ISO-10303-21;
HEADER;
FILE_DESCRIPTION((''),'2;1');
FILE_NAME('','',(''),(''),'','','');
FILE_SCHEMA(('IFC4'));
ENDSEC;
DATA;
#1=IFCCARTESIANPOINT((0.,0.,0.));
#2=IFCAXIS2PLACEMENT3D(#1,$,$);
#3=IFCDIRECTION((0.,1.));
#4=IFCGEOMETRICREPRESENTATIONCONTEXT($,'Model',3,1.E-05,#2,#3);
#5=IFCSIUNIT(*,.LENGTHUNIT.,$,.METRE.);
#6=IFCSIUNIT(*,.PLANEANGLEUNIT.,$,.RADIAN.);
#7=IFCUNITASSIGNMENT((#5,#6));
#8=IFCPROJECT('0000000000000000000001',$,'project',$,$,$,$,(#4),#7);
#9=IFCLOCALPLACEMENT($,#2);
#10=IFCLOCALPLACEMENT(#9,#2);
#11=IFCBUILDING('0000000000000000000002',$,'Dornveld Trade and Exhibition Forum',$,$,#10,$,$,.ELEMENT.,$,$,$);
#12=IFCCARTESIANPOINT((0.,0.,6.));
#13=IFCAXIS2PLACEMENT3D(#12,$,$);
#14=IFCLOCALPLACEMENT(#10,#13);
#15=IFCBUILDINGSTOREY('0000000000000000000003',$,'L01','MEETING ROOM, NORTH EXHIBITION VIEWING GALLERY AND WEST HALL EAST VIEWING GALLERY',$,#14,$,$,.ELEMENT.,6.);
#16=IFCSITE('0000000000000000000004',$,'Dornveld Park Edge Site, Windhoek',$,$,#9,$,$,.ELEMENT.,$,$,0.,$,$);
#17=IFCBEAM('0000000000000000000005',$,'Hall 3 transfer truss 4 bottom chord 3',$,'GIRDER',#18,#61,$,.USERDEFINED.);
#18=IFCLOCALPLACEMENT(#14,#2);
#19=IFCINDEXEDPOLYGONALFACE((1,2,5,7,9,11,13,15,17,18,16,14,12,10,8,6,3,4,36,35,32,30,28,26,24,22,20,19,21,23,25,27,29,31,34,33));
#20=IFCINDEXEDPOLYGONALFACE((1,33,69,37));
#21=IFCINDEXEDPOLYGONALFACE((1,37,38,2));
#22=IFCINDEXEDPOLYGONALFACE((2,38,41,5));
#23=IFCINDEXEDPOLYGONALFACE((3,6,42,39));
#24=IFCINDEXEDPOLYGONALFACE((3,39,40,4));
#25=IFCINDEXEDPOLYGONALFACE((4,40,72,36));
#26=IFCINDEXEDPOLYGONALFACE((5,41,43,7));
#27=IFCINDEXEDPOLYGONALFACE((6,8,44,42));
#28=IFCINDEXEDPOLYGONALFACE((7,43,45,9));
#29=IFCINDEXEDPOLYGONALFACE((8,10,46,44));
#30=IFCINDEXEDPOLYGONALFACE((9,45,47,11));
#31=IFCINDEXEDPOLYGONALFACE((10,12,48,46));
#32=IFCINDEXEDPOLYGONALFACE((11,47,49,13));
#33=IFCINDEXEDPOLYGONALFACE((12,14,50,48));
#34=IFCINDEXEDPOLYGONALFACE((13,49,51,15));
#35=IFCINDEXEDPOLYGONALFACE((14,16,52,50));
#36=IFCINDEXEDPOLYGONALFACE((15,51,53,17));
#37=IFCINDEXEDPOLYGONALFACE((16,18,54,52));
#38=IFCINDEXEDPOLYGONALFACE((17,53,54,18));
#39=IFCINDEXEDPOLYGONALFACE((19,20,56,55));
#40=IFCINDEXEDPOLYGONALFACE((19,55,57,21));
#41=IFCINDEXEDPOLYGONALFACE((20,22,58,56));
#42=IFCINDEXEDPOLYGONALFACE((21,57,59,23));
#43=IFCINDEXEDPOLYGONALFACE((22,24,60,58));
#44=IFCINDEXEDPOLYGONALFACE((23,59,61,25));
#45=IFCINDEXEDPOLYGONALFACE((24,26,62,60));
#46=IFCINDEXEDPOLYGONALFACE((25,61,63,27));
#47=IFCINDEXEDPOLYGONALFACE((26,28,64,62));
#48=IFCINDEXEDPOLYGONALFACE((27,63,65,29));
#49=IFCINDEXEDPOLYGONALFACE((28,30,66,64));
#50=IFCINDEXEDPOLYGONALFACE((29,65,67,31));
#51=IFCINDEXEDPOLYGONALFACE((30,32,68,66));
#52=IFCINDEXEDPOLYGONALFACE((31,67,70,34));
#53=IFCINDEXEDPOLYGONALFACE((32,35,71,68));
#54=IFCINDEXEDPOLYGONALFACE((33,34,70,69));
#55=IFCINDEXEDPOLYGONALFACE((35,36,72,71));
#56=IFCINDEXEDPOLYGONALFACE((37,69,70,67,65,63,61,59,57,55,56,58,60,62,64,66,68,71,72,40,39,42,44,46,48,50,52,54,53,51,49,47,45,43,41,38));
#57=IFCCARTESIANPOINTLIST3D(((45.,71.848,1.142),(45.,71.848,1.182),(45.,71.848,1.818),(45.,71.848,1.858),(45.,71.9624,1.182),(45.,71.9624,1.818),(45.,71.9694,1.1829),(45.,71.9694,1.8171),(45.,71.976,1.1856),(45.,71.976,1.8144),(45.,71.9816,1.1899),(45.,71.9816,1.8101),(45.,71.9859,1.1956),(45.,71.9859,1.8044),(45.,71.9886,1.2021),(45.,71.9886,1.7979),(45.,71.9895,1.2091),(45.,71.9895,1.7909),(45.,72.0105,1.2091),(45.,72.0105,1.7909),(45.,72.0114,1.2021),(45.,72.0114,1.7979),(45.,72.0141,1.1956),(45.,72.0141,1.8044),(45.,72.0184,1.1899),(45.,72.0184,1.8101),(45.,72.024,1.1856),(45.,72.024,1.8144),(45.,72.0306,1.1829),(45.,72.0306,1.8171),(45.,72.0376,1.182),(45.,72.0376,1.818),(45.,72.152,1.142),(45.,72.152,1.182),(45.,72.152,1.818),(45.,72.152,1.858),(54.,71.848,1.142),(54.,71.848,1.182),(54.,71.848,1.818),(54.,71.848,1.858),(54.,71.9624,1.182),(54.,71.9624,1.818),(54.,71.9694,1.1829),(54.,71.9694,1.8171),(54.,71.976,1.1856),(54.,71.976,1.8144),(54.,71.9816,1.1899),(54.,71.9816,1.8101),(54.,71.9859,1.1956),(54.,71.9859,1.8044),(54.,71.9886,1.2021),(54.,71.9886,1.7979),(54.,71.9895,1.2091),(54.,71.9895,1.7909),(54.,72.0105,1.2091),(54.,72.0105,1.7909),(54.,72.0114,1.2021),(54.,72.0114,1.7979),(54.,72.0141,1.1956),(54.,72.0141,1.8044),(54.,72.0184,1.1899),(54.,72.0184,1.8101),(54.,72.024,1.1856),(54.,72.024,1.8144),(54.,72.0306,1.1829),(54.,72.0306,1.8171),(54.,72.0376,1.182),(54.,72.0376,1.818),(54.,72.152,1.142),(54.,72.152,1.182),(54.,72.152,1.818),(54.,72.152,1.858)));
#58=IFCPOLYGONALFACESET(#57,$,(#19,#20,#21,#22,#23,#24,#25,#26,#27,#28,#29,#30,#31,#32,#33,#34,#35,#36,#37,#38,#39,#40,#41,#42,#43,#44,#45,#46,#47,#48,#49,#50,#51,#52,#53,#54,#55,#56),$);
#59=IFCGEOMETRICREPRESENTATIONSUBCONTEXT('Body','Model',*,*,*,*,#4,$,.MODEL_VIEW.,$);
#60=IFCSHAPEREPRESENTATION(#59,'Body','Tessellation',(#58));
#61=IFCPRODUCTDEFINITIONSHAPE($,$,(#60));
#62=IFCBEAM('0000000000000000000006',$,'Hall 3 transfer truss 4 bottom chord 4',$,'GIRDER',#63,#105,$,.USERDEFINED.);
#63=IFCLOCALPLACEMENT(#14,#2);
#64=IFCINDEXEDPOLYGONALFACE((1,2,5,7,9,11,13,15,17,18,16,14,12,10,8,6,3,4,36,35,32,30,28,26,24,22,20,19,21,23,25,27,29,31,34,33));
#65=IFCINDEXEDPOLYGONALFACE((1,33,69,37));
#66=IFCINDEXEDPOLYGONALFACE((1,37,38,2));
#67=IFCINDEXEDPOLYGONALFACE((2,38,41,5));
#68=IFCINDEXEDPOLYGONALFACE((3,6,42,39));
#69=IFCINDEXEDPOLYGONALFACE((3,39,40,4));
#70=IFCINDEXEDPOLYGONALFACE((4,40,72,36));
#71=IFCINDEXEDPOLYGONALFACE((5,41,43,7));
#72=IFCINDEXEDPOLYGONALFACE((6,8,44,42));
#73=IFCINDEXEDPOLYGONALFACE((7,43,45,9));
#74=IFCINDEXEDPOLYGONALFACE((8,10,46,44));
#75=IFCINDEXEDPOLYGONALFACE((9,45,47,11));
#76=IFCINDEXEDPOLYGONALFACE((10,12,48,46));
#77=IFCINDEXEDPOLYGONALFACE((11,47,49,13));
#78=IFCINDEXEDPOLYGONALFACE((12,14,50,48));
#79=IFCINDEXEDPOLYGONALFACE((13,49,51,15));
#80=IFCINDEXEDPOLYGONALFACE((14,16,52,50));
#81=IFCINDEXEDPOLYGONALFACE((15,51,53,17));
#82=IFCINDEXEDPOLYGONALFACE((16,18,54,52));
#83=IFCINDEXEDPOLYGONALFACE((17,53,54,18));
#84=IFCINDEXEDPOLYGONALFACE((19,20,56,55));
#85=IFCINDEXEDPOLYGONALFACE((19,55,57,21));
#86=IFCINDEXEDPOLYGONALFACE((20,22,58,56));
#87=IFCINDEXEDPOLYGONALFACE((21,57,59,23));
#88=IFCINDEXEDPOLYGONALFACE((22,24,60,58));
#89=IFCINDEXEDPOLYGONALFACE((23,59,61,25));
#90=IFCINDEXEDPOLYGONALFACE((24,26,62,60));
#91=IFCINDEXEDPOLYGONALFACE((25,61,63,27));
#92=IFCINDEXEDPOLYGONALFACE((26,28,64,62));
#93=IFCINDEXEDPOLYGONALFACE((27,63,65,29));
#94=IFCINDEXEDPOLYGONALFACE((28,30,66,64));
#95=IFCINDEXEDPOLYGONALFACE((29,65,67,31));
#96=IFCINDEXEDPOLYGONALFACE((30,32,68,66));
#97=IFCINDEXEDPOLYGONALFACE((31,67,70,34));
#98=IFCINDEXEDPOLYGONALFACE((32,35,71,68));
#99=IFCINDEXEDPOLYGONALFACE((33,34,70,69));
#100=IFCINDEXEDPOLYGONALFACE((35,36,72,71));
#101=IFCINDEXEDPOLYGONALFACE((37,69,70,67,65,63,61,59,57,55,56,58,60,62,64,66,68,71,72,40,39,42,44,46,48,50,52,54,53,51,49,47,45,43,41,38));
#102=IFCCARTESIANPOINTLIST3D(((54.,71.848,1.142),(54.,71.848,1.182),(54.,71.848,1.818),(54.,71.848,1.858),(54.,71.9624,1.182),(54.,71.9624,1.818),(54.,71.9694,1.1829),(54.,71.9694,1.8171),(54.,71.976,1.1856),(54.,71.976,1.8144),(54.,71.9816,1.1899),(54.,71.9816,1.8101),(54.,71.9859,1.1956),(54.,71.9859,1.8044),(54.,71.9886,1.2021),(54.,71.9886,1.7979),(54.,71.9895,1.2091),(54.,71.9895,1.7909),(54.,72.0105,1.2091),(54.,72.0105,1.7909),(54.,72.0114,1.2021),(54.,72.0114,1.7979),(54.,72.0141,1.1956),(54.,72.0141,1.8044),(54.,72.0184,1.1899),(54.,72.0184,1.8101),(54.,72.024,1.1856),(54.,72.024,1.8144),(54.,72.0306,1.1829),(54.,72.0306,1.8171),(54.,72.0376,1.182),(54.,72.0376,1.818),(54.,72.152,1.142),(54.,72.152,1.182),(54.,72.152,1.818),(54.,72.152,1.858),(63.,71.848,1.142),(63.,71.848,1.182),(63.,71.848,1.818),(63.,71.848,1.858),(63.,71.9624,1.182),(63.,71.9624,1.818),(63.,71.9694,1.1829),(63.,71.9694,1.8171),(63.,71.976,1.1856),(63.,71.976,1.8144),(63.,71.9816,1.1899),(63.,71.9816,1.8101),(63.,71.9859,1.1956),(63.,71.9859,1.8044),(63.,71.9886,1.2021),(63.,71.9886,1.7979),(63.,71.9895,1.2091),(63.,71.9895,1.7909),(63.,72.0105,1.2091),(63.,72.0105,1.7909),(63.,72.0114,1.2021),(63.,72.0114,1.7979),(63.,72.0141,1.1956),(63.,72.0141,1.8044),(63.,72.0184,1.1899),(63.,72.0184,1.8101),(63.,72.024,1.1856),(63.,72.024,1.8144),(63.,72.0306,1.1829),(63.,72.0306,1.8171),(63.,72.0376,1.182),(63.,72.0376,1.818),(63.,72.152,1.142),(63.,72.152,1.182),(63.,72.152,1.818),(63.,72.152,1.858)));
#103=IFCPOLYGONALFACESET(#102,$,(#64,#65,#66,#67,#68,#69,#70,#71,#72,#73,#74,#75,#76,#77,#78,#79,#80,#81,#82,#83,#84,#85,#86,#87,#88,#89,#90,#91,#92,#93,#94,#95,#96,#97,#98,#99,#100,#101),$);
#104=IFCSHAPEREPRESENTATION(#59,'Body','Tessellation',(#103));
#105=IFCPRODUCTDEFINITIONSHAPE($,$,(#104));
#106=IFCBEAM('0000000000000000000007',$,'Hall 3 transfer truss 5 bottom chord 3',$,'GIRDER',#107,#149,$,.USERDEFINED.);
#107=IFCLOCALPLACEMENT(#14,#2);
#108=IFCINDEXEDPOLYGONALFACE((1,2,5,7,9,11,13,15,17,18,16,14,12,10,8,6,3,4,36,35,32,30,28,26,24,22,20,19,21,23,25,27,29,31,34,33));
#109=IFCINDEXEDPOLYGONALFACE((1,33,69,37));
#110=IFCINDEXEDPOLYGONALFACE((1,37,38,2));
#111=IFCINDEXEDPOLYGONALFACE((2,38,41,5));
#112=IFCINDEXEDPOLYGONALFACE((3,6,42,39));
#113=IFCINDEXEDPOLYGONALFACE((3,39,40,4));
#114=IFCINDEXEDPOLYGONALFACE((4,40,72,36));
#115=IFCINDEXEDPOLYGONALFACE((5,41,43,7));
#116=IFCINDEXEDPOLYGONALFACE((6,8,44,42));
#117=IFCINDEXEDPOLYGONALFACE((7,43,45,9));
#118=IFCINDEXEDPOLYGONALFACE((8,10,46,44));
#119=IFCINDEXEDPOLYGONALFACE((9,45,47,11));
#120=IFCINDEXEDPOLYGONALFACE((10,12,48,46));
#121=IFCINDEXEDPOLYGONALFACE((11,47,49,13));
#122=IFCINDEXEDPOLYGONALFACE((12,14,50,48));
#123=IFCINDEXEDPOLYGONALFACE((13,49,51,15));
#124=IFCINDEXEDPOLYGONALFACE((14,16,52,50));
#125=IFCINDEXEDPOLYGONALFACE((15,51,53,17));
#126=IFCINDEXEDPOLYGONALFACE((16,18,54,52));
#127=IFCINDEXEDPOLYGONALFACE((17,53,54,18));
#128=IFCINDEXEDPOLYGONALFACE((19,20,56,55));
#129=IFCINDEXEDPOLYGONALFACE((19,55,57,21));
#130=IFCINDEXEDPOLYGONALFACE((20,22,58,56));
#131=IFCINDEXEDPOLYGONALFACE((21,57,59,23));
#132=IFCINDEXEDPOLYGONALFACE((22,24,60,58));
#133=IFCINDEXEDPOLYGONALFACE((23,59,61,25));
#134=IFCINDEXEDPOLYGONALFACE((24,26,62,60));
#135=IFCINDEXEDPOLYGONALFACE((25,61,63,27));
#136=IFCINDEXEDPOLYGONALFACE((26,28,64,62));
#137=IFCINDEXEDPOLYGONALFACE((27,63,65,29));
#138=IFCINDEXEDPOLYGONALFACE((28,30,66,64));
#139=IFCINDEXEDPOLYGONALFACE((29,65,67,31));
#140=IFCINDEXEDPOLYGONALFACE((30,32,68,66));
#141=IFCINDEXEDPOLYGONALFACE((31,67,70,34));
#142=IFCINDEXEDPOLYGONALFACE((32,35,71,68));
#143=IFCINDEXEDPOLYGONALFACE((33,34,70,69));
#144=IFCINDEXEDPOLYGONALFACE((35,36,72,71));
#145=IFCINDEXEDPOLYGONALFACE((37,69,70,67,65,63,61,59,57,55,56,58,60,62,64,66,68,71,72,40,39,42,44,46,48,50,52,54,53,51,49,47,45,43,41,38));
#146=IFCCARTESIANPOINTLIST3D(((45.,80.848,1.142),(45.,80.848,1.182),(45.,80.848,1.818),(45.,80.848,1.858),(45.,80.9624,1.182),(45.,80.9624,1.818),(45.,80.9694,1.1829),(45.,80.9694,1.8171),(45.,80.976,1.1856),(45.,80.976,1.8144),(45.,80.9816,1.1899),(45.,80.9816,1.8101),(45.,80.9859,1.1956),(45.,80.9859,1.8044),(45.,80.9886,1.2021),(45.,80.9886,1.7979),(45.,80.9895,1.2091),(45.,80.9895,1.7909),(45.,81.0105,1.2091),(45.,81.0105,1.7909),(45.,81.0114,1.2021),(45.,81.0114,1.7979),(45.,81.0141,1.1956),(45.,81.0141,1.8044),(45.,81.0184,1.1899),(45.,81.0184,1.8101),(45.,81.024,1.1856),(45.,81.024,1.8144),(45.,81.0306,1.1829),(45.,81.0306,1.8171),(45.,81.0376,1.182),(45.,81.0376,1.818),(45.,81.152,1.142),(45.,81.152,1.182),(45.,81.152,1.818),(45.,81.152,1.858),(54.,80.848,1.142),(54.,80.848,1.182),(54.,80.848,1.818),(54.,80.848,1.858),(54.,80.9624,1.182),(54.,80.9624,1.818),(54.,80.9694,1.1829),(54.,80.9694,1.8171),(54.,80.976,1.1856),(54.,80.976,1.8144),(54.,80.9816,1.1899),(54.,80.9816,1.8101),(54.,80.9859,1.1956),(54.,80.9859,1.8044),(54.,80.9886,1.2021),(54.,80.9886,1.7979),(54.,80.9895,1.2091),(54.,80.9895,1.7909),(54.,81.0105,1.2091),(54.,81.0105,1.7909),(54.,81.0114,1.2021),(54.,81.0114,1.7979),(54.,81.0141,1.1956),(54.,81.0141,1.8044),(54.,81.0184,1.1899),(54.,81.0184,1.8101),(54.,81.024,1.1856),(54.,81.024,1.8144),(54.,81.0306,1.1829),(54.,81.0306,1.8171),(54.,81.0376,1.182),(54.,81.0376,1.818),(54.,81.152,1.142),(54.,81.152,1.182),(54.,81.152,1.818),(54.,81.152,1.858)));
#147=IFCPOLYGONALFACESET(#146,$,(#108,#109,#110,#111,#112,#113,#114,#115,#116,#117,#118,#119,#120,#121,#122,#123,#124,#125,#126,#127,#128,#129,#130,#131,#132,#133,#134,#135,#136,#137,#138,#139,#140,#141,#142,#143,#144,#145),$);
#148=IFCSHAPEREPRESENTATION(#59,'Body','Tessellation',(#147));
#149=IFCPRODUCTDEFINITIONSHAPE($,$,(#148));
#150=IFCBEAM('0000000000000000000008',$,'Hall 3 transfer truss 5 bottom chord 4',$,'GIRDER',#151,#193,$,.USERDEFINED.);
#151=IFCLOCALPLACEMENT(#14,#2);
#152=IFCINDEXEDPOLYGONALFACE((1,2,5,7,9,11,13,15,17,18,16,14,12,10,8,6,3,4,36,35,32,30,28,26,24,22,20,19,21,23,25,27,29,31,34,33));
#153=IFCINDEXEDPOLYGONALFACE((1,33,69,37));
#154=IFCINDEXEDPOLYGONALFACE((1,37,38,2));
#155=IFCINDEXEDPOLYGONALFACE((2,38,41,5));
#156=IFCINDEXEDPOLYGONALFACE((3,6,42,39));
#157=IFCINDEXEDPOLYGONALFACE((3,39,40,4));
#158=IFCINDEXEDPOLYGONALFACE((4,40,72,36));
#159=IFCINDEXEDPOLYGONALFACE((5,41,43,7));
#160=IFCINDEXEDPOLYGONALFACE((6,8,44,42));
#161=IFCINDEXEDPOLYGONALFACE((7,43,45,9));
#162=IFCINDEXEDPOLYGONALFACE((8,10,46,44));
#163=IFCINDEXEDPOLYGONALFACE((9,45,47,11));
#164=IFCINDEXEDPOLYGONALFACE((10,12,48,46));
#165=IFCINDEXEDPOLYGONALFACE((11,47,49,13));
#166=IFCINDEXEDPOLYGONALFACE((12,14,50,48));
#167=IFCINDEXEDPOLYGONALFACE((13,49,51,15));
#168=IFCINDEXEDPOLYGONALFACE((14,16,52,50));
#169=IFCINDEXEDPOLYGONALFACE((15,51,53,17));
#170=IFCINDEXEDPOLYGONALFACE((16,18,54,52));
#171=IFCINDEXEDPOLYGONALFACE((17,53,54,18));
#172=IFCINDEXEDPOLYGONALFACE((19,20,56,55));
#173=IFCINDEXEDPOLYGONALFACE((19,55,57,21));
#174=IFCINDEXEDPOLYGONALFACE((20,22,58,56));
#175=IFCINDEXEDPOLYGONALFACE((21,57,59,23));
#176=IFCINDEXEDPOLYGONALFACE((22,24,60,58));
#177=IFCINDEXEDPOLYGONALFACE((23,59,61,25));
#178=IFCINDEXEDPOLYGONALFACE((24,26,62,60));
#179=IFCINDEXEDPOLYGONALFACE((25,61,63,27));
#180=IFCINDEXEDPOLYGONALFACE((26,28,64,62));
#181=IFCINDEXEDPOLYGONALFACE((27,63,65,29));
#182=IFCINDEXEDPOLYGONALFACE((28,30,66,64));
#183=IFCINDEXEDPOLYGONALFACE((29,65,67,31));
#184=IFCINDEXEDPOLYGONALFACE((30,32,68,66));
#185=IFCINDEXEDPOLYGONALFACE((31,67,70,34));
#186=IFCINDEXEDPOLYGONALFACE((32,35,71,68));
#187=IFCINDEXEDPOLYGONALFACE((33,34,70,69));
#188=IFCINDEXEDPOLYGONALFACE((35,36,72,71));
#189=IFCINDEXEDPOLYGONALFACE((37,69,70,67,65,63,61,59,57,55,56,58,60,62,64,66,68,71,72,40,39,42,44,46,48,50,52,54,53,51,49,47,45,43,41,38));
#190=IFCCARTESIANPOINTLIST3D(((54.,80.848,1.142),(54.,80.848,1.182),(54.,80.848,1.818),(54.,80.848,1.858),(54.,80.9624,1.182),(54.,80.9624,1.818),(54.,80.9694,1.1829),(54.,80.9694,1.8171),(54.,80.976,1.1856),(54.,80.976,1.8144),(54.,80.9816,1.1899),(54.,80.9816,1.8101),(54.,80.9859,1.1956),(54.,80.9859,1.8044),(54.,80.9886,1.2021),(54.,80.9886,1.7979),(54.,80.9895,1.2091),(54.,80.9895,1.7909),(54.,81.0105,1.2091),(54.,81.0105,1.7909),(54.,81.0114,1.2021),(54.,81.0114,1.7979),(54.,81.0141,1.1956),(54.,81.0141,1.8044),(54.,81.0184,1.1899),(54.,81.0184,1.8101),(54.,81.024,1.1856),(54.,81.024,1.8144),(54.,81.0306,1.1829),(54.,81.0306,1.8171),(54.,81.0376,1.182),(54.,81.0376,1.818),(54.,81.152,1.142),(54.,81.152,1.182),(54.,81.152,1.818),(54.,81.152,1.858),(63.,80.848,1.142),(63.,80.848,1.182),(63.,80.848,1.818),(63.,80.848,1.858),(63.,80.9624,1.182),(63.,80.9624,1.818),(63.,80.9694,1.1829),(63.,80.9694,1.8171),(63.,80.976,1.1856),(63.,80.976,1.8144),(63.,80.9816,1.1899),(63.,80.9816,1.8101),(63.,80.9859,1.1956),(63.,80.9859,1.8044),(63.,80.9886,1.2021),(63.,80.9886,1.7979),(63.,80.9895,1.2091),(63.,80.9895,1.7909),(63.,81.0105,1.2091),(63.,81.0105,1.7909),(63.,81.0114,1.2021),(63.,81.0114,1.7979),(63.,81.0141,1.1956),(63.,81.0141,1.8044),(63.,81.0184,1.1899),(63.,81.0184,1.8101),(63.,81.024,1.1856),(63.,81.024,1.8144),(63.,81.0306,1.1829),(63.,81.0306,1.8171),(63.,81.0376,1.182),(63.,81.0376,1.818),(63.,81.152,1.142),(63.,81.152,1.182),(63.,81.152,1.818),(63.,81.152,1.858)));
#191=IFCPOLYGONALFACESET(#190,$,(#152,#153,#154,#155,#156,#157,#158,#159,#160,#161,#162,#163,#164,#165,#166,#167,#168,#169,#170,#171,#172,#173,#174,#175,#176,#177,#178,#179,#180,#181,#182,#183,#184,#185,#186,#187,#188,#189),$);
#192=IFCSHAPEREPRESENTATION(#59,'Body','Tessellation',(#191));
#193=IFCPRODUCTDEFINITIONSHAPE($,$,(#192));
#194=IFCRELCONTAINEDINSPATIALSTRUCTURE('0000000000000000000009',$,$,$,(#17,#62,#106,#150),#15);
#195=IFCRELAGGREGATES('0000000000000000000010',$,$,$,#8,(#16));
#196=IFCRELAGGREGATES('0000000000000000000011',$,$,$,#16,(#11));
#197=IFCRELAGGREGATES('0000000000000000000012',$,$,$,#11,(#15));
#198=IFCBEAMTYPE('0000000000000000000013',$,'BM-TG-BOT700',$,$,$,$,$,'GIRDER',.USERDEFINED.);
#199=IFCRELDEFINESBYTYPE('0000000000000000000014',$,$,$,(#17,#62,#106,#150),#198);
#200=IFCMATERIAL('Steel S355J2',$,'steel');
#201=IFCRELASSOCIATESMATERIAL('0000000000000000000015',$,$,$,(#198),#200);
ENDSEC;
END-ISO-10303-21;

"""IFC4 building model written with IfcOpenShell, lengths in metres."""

from ifc_helpers import new_model, si_unit, direction, frame, origin, origin_2d, place, context, subcontext, project, spatial, i_section, extrude, material, material_profile, profile_set, type_object, element, save


model = new_model("IFC4")

# Units and contexts
model_context = context("Model", 3, precision=1e-05, world=origin(), true_north=direction((0.0, 1.0)))
body_context = subcontext(model_context, "Body", "Model", "MODEL_VIEW")
ifc_project = project(units=[si_unit("LENGTHUNIT", "METRE"), si_unit("PLANEANGLEUNIT", "RADIAN")], contexts=[model_context])

# Site, building, storey
site_placement = place(None, origin())
site = spatial("IfcSite", under=ifc_project, at=site_placement, Name="Dornveld Park Edge Site, Windhoek", CompositionType="ELEMENT", RefElevation=0.0)
building_placement = place(site_placement, origin())
building = spatial("IfcBuilding", under=site, at=building_placement, Name="Dornveld Trade and Exhibition Forum", CompositionType="ELEMENT")
storey_placement = place(building_placement, frame((0.0, 0.0, 6.0)))
storey = spatial("IfcBuildingStorey", under=building, at=storey_placement, Name="L01", Description="MEETING ROOM, NORTH EXHIBITION VIEWING GALLERY AND WEST HALL EAST VIEWING GALLERY", CompositionType="ELEMENT", Elevation=6.0)

# Beams
ifc_material_1 = material(Name="Steel S355J2", Category="steel")
ifc_material_profile_1 = material_profile(ifc_material_1, i_section(OverallWidth=0.304, OverallDepth=0.7161, WebThickness=0.021, FlangeThickness=0.04, FilletRadius=0.0271, at=origin_2d()), Name="HEM 700")
ifc_profile_set_1 = profile_set([ifc_material_profile_1], Name="Steel S355J2")
beam_type_1 = type_object("IfcBeamType", Name="BM-TG-BOT700", ElementType="GIRDER", PredefinedType="USERDEFINED", material=ifc_profile_set_1)
for number, where, z_axis, x_axis, name in (
    (1, (45.0, 72.0, 1.5), (1.0, 0.0, 0.0), (0.0, 1.0, 0.0), "Hall 3 transfer truss 4 bottom chord 3"),
    (2, (54.0, 72.0, 1.5), (1.0, 0.0, 0.0), (0.0, 1.0, 0.0), "Hall 3 transfer truss 4 bottom chord 4"),
    (3, (45.0, 81.0, 1.5), (1.0, 0.0, 0.0), (0.0, 1.0, 0.0), "Hall 3 transfer truss 5 bottom chord 3"),
    (4, (54.0, 81.0, 1.5), (1.0, 0.0, 0.0), (0.0, 1.0, 0.0), "Hall 3 transfer truss 5 bottom chord 4"),
):
    element("IfcBeam", number, at=place(storey_placement, frame(where, z_axis=z_axis, x_axis=x_axis)), inside=storey, type_object=beam_type_1, Name=name, ObjectType="GIRDER", PredefinedType="USERDEFINED", context=body_context, shape_type="SweptSolid", body=[
        extrude(i_section(OverallWidth=0.304, OverallDepth=0.7161, WebThickness=0.021, FlangeThickness=0.04, FilletRadius=0.0271, at=origin_2d()), origin(), (0.0, 0.0, 1.0), 9.0),
    ])

save(model, "model.ifc")
